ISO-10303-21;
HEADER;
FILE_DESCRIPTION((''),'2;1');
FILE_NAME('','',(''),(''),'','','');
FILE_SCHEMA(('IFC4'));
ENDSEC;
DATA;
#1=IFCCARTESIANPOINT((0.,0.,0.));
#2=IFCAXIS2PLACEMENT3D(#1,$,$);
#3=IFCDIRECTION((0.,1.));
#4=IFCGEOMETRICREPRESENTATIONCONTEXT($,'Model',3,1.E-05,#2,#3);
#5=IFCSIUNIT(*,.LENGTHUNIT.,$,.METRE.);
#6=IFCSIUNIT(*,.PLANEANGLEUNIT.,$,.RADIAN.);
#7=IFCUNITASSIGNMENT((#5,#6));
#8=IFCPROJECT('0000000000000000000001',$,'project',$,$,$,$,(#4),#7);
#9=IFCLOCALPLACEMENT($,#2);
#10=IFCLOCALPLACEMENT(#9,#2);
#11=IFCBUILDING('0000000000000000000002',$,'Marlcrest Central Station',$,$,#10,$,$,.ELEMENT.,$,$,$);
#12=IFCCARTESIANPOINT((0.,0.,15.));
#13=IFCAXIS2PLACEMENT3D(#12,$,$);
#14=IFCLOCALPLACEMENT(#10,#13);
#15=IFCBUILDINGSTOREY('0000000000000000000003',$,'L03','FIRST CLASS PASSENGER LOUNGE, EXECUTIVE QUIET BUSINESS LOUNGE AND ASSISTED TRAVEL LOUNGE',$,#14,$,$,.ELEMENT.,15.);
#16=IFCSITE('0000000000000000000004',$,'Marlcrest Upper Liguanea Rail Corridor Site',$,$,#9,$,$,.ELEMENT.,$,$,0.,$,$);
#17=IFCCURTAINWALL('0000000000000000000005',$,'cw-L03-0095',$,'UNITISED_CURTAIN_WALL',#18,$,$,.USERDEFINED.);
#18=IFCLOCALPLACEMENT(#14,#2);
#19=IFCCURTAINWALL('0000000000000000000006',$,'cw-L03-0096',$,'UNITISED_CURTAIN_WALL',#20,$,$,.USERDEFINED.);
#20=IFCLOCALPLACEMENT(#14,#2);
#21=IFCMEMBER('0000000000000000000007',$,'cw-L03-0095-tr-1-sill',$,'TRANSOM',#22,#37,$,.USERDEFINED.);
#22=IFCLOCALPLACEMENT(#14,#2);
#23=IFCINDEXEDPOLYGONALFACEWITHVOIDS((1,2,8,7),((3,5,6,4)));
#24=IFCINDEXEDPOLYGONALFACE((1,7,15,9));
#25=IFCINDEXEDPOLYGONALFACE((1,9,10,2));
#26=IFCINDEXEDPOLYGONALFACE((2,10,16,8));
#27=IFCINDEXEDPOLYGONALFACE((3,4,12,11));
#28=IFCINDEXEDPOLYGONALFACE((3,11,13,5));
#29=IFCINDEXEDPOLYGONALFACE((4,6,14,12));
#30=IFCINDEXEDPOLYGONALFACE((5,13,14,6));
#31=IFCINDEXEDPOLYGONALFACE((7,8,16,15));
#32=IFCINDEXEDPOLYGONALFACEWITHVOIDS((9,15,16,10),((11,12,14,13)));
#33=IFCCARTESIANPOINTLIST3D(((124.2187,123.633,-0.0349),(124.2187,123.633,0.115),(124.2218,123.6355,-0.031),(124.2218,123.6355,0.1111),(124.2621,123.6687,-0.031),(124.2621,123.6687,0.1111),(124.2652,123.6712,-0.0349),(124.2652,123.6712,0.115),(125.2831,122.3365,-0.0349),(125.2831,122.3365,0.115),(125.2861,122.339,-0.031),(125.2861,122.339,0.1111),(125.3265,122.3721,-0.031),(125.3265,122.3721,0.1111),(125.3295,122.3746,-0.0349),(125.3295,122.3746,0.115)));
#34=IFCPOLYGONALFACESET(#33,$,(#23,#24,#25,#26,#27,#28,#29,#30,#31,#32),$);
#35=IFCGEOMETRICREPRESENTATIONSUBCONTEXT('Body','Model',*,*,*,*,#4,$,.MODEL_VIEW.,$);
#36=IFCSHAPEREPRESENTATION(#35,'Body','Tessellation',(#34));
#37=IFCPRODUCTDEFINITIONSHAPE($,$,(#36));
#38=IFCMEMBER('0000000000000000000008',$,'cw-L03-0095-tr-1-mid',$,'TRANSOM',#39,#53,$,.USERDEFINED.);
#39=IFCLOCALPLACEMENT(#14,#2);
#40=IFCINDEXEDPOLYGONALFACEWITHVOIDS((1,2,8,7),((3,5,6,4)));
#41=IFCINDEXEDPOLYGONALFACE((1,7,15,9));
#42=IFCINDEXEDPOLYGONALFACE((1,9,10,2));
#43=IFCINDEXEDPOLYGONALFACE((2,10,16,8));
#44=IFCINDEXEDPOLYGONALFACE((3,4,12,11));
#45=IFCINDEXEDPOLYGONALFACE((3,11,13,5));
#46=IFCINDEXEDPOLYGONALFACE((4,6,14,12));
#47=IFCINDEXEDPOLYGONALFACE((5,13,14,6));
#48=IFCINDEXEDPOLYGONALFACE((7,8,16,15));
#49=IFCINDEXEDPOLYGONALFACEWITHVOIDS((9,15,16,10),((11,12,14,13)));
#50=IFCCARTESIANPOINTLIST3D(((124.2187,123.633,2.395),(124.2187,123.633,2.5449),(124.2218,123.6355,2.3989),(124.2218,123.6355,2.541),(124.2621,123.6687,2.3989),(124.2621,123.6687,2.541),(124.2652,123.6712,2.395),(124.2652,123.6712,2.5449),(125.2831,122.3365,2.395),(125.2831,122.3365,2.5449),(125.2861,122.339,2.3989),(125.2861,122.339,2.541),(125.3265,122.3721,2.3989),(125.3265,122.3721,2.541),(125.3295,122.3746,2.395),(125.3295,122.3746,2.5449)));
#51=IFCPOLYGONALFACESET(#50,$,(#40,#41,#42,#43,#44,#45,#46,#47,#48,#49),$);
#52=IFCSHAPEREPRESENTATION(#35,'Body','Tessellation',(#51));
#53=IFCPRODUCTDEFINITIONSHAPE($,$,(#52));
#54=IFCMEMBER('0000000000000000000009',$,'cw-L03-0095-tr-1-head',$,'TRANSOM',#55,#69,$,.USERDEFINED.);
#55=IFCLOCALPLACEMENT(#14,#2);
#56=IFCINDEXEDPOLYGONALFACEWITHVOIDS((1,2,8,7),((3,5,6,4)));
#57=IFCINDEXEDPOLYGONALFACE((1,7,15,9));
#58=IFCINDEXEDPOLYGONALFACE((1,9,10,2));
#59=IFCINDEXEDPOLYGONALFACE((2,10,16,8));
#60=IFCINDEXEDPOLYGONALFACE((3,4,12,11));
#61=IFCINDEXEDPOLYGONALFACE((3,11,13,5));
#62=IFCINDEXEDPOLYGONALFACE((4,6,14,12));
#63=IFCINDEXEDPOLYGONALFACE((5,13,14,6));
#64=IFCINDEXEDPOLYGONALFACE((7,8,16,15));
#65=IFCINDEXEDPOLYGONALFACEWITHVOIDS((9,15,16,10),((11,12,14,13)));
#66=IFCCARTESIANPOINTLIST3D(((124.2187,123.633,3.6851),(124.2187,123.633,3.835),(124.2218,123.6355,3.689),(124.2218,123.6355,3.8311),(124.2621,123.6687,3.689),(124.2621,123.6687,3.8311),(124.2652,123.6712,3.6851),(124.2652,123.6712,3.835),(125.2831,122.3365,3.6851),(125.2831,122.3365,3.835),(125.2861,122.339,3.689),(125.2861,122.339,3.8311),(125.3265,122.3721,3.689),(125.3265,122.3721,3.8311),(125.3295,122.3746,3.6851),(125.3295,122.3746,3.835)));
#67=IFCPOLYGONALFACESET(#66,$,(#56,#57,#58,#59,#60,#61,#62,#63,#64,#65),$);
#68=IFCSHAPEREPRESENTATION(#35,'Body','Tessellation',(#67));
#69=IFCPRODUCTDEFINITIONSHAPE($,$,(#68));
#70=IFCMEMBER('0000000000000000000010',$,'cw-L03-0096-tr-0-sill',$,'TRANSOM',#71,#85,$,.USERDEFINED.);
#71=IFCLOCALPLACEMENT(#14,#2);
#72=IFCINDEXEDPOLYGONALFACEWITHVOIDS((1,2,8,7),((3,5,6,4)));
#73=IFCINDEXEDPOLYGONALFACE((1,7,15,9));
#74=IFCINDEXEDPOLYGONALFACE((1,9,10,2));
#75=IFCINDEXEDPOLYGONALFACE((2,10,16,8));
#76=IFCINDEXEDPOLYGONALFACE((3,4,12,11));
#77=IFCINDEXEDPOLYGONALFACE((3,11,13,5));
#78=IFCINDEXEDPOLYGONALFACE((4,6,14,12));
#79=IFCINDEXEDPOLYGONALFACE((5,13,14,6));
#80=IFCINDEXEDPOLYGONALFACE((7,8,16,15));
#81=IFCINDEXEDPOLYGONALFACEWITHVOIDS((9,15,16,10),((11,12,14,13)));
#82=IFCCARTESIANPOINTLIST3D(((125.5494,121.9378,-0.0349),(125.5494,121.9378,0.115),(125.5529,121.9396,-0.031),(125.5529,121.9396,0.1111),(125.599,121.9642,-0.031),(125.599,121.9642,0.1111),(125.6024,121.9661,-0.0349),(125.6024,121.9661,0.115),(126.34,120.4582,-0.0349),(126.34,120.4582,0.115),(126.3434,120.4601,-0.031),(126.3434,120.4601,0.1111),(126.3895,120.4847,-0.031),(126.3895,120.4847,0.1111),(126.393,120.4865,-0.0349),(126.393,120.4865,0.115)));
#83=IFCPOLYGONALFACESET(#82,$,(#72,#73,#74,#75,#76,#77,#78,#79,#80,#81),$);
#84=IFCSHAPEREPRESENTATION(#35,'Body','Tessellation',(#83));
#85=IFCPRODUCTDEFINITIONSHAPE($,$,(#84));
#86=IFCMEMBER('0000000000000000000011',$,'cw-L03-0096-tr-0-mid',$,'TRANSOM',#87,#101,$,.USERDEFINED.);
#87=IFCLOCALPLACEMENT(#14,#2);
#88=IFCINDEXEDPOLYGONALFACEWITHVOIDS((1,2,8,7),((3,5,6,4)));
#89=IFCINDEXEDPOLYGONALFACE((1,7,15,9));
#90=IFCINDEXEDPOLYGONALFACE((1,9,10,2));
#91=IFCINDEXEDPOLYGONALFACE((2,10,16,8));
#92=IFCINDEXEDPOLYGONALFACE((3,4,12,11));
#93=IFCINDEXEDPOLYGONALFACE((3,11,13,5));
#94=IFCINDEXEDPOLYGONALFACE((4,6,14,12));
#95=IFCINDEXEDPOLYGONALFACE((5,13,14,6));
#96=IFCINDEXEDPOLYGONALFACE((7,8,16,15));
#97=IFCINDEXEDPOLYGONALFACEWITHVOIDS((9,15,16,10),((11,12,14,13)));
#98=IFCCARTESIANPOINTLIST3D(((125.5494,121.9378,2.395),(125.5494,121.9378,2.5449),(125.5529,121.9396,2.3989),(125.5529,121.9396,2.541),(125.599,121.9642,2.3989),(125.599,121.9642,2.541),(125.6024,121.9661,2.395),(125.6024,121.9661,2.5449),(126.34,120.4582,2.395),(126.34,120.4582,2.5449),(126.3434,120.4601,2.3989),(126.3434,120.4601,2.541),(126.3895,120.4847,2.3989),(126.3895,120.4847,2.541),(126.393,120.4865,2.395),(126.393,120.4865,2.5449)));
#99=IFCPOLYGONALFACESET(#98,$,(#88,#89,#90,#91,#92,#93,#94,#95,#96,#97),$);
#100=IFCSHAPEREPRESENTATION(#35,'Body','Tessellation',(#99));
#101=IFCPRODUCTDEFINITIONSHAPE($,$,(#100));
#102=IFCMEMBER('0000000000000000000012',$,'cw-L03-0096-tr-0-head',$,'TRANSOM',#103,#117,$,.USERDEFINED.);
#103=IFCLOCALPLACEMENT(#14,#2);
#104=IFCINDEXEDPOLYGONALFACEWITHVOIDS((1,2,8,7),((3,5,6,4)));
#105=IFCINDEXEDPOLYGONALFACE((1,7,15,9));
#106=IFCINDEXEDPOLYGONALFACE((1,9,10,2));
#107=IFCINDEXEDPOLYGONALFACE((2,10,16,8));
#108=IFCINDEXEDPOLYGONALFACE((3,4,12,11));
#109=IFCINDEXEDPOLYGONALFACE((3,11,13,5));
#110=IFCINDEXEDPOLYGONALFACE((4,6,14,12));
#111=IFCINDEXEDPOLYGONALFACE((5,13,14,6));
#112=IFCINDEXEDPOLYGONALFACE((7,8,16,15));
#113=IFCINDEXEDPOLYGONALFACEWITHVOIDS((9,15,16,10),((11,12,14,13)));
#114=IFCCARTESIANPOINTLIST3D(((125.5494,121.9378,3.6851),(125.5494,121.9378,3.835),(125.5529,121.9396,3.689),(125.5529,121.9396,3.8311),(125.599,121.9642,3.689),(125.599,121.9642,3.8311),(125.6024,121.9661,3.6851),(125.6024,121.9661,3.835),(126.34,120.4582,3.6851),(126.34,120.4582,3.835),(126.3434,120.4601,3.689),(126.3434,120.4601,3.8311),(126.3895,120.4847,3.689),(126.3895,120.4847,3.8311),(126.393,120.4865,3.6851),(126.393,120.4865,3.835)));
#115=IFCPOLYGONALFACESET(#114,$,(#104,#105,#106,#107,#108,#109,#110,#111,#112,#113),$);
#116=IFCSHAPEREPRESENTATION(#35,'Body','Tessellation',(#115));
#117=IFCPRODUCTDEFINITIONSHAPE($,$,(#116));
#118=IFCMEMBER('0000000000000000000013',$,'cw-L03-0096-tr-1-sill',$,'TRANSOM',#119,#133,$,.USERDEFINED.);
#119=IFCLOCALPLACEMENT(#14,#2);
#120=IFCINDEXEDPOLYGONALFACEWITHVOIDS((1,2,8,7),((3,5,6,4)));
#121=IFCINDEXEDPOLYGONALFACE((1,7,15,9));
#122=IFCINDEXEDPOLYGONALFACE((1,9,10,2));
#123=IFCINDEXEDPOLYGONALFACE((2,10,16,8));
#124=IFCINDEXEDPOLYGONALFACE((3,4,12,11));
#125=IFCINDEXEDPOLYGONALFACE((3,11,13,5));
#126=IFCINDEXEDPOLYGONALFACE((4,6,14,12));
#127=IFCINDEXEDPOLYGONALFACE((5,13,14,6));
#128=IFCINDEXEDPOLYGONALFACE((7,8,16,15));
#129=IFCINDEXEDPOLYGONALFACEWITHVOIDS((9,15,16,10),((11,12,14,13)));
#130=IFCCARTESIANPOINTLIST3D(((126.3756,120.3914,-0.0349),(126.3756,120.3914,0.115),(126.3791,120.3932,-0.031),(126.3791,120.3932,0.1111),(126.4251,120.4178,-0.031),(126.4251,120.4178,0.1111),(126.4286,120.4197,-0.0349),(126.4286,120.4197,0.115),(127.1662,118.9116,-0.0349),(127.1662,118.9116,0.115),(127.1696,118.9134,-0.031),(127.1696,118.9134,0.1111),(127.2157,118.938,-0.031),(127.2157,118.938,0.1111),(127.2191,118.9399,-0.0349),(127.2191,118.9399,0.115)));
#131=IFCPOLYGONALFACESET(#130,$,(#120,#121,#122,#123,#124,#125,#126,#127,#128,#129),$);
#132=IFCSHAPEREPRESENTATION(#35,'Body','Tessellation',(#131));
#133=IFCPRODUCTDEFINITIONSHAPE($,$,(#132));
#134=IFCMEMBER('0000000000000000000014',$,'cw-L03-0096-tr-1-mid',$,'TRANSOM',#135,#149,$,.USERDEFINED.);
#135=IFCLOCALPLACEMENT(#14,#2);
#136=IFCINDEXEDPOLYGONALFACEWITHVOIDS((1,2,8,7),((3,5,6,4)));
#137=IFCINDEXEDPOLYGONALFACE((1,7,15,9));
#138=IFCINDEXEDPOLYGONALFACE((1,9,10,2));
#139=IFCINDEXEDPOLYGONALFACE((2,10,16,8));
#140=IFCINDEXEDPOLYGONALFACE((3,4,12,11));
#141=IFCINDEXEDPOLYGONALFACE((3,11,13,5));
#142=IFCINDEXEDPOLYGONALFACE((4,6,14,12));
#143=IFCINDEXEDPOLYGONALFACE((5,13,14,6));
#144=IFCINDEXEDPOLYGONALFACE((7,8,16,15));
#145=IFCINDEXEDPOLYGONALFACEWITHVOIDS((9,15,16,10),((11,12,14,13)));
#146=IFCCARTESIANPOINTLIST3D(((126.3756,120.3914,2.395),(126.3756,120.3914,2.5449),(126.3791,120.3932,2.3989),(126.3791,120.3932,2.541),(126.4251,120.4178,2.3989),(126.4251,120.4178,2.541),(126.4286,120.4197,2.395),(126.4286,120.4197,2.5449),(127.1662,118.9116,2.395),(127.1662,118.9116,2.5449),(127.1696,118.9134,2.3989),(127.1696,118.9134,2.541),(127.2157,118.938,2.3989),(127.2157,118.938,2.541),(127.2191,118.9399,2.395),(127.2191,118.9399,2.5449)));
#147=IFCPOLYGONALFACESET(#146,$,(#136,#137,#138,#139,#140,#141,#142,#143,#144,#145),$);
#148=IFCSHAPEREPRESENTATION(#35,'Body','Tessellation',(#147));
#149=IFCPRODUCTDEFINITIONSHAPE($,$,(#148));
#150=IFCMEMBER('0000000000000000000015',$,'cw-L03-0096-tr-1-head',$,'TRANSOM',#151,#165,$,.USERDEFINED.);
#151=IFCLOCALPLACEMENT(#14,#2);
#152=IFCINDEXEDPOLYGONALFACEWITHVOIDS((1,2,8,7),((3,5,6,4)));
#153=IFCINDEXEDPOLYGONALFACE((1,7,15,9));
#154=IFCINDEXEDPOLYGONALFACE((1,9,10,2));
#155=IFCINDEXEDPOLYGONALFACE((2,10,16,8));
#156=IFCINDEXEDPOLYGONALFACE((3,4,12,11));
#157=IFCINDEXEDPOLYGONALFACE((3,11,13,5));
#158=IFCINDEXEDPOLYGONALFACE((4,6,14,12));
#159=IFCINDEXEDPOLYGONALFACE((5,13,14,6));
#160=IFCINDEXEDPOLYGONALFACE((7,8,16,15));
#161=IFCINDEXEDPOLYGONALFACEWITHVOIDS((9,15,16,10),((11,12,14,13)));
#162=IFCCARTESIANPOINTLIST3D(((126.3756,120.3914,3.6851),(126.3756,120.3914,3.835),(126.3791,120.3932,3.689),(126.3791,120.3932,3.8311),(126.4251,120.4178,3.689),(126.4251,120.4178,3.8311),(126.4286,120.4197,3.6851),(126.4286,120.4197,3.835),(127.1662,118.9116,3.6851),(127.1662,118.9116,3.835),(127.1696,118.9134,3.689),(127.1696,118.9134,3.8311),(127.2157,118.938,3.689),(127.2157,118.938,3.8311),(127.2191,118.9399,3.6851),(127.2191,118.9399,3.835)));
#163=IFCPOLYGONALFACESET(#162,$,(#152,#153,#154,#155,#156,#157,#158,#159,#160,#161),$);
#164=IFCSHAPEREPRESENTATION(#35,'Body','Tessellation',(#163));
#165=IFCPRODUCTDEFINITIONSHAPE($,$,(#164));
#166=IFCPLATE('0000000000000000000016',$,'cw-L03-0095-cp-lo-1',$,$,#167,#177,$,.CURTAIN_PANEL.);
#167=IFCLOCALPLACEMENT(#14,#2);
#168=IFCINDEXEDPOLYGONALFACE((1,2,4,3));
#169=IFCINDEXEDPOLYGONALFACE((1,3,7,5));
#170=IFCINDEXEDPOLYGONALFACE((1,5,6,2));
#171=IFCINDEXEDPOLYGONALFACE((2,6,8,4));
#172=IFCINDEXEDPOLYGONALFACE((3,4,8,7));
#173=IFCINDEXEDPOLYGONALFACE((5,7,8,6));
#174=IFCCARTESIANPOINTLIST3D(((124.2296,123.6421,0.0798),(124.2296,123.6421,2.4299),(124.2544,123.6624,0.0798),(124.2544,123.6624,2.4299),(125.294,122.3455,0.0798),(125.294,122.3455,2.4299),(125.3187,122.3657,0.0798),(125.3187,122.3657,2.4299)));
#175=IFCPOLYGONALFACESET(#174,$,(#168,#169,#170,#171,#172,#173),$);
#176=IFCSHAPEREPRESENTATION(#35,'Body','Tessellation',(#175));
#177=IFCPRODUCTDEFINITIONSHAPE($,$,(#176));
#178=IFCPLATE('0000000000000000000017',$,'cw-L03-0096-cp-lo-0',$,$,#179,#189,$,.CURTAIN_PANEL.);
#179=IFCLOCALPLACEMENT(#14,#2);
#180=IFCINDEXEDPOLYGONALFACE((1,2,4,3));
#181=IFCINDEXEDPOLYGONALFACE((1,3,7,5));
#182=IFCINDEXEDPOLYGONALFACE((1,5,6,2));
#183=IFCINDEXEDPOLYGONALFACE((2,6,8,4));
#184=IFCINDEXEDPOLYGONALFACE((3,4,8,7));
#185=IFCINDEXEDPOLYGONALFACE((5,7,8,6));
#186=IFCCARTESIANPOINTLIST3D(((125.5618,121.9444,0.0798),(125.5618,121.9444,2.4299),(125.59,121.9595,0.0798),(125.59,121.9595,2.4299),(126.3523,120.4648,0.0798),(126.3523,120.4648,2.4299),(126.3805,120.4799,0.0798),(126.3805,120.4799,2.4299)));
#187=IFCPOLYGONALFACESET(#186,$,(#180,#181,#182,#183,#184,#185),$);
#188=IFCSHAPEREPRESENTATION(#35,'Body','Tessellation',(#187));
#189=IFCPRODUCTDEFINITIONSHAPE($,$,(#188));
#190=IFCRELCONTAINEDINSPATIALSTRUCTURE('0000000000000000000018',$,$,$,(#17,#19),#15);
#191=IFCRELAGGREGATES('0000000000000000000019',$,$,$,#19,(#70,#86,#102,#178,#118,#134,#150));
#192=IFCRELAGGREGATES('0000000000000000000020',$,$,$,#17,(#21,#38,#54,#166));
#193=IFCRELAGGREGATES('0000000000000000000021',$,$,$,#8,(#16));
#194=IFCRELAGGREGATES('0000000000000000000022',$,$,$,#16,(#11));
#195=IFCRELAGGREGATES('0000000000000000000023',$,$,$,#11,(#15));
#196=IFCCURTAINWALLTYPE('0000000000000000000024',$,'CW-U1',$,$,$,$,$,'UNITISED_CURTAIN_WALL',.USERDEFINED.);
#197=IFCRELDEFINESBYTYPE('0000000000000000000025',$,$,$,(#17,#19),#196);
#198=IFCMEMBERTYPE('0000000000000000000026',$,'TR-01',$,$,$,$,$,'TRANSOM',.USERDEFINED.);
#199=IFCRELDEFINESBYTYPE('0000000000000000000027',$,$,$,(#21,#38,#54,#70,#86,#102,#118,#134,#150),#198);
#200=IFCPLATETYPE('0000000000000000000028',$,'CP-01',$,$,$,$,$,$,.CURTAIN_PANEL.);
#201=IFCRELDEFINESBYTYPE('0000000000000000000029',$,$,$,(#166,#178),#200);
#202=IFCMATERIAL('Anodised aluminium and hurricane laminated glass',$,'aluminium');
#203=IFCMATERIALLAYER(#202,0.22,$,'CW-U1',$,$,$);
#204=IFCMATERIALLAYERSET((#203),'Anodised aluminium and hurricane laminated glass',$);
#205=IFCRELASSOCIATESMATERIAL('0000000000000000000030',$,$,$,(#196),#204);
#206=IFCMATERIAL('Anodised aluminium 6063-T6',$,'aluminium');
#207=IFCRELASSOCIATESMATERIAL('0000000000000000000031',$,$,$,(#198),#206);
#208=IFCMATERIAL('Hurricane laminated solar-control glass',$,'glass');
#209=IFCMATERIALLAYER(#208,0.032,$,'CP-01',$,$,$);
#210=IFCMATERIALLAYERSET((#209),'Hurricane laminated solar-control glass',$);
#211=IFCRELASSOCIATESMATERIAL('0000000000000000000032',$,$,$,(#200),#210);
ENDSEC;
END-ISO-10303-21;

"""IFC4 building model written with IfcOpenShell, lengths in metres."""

from ifc_helpers import new_model, si_unit, direction, frame, origin, origin_2d, place, context, subcontext, project, spatial, rectangle, hollow_rectangle, extrude, material, layer, layer_set, material_profile, profile_set, type_object, element, aggregate, save


model = new_model("IFC4")

# Units and contexts
model_context = context("Model", 3, precision=1e-05, world=origin(), true_north=direction((0.0, 1.0)))
body_context = subcontext(model_context, "Body", "Model", "MODEL_VIEW")
ifc_project = project(units=[si_unit("LENGTHUNIT", "METRE"), si_unit("PLANEANGLEUNIT", "RADIAN")], contexts=[model_context])

# Site, building, storey
site_placement = place(None, origin())
site = spatial("IfcSite", under=ifc_project, at=site_placement, Name="Marlcrest Upper Liguanea Rail Corridor Site", CompositionType="ELEMENT", RefElevation=0.0)
building_placement = place(site_placement, origin())
building = spatial("IfcBuilding", under=site, at=building_placement, Name="Marlcrest Central Station", CompositionType="ELEMENT")
storey_placement = place(building_placement, frame((0.0, 0.0, 15.0)))
storey = spatial("IfcBuildingStorey", under=building, at=storey_placement, Name="L03", Description="FIRST CLASS PASSENGER LOUNGE, EXECUTIVE QUIET BUSINESS LOUNGE AND ASSISTED TRAVEL LOUNGE", CompositionType="ELEMENT", Elevation=15.0)

# Curtain wall
ifc_material_1 = material(Name="Anodised aluminium and hurricane laminated glass", Category="aluminium")
ifc_layer_1 = layer(ifc_material_1, 0.22, Name="CW-U1")
ifc_layer_set_1 = layer_set([ifc_layer_1], Name="Anodised aluminium and hurricane laminated glass")
curtain_wall_type = type_object("IfcCurtainWallType", Name="CW-U1", ElementType="UNITISED_CURTAIN_WALL", PredefinedType="USERDEFINED", material=ifc_layer_set_1)
curtain_wall_1_placement = place(storey_placement, origin())
curtain_wall_1 = element("IfcCurtainWall", 1, at=curtain_wall_1_placement, inside=storey, type_object=curtain_wall_type, Name="cw-L03-0095", ObjectType="UNITISED_CURTAIN_WALL", PredefinedType="USERDEFINED")
ifc_material_2 = material(Name="Anodised aluminium 6063-T6", Category="aluminium")

# Curtain wall
curtain_wall_2_placement = place(storey_placement, origin())
curtain_wall_2 = element("IfcCurtainWall", 2, at=curtain_wall_2_placement, inside=storey, type_object=curtain_wall_type, Name="cw-L03-0096", ObjectType="UNITISED_CURTAIN_WALL", PredefinedType="USERDEFINED")

# Members
ifc_material_profile_1 = material_profile(ifc_material_2, hollow_rectangle(XDim=0.0601, YDim=0.1499, WallThickness=0.0039, at=origin_2d()), Name="AA-RHS 150x60x4")
ifc_profile_set_1 = profile_set([ifc_material_profile_1], Name="Anodised aluminium 6063-T6")
member_type_1 = type_object("IfcMemberType", Name="TR-01", ElementType="TRANSOM", PredefinedType="USERDEFINED", material=ifc_profile_set_1)
member_1_placement = place(storey_placement, frame((124.2419, 123.6521, 0.04), z_axis=(0.634513, -0.772912, 0.0), x_axis=(0.772912, 0.634513, 0.0)))
member_1 = element("IfcMember", 3, at=member_1_placement, type_object=member_type_1, Name="cw-L03-0095-tr-1-sill", ObjectType="TRANSOM", PredefinedType="USERDEFINED", context=body_context, shape_type="SweptSolid", body=[
    extrude(hollow_rectangle(XDim=0.0601, YDim=0.1499, WallThickness=0.0039, at=origin_2d()), origin(), (0.0, 0.0, 1.0), 1.6775),
])
member_2_placement = place(storey_placement, frame((124.2419, 123.6521, 2.47), z_axis=(0.634513, -0.772912, 0.0), x_axis=(0.772912, 0.634513, 0.0)))
member_2 = element("IfcMember", 4, at=member_2_placement, type_object=member_type_1, Name="cw-L03-0095-tr-1-mid", ObjectType="TRANSOM", PredefinedType="USERDEFINED", context=body_context, shape_type="SweptSolid", body=[
    extrude(hollow_rectangle(XDim=0.0601, YDim=0.1499, WallThickness=0.0039, at=origin_2d()), origin(), (0.0, 0.0, 1.0), 1.6775),
])
member_3_placement = place(storey_placement, frame((124.2419, 123.6521, 3.76), z_axis=(0.634513, -0.772912, 0.0), x_axis=(0.772912, 0.634513, 0.0)))
member_3 = element("IfcMember", 5, at=member_3_placement, type_object=member_type_1, Name="cw-L03-0095-tr-1-head", ObjectType="TRANSOM", PredefinedType="USERDEFINED", context=body_context, shape_type="SweptSolid", body=[
    extrude(hollow_rectangle(XDim=0.0601, YDim=0.1499, WallThickness=0.0039, at=origin_2d()), origin(), (0.0, 0.0, 1.0), 1.6775),
])
member_4_placement = place(storey_placement, frame((125.5759, 121.9519, 0.04), z_axis=(0.471268, -0.88199, 0.0), x_axis=(0.88199, 0.471268, 0.0)))
member_4 = element("IfcMember", 6, at=member_4_placement, type_object=member_type_1, Name="cw-L03-0096-tr-0-sill", ObjectType="TRANSOM", PredefinedType="USERDEFINED", context=body_context, shape_type="SweptSolid", body=[
    extrude(hollow_rectangle(XDim=0.0601, YDim=0.1499, WallThickness=0.0039, at=origin_2d()), origin(), (0.0, 0.0, 1.0), 1.6775),
])
member_5_placement = place(storey_placement, frame((125.5759, 121.9519, 2.47), z_axis=(0.471268, -0.88199, 0.0), x_axis=(0.88199, 0.471268, 0.0)))
member_5 = element("IfcMember", 7, at=member_5_placement, type_object=member_type_1, Name="cw-L03-0096-tr-0-mid", ObjectType="TRANSOM", PredefinedType="USERDEFINED", context=body_context, shape_type="SweptSolid", body=[
    extrude(hollow_rectangle(XDim=0.0601, YDim=0.1499, WallThickness=0.0039, at=origin_2d()), origin(), (0.0, 0.0, 1.0), 1.6775),
])
member_6_placement = place(storey_placement, frame((125.5759, 121.9519, 3.76), z_axis=(0.471268, -0.88199, 0.0), x_axis=(0.88199, 0.471268, 0.0)))
member_6 = element("IfcMember", 8, at=member_6_placement, type_object=member_type_1, Name="cw-L03-0096-tr-0-head", ObjectType="TRANSOM", PredefinedType="USERDEFINED", context=body_context, shape_type="SweptSolid", body=[
    extrude(hollow_rectangle(XDim=0.0601, YDim=0.1499, WallThickness=0.0039, at=origin_2d()), origin(), (0.0, 0.0, 1.0), 1.6775),
])
member_7_placement = place(storey_placement, frame((126.4021, 120.4055, 0.04), z_axis=(0.471207, -0.882022, 0.0), x_axis=(0.882022, 0.471207, 0.0)))
member_7 = element("IfcMember", 9, at=member_7_placement, type_object=member_type_1, Name="cw-L03-0096-tr-1-sill", ObjectType="TRANSOM", PredefinedType="USERDEFINED", context=body_context, shape_type="SweptSolid", body=[
    extrude(hollow_rectangle(XDim=0.0601, YDim=0.1499, WallThickness=0.0039, at=origin_2d()), origin(), (0.0, 0.0, 1.0), 1.6777),
])
member_8_placement = place(storey_placement, frame((126.4021, 120.4055, 2.47), z_axis=(0.471207, -0.882022, 0.0), x_axis=(0.882022, 0.471207, 0.0)))
member_8 = element("IfcMember", 10, at=member_8_placement, type_object=member_type_1, Name="cw-L03-0096-tr-1-mid", ObjectType="TRANSOM", PredefinedType="USERDEFINED", context=body_context, shape_type="SweptSolid", body=[
    extrude(hollow_rectangle(XDim=0.0601, YDim=0.1499, WallThickness=0.0039, at=origin_2d()), origin(), (0.0, 0.0, 1.0), 1.6777),
])
member_9_placement = place(storey_placement, frame((126.4021, 120.4055, 3.76), z_axis=(0.471207, -0.882022, 0.0), x_axis=(0.882022, 0.471207, 0.0)))
member_9 = element("IfcMember", 11, at=member_9_placement, type_object=member_type_1, Name="cw-L03-0096-tr-1-head", ObjectType="TRANSOM", PredefinedType="USERDEFINED", context=body_context, shape_type="SweptSolid", body=[
    extrude(hollow_rectangle(XDim=0.0601, YDim=0.1499, WallThickness=0.0039, at=origin_2d()), origin(), (0.0, 0.0, 1.0), 1.6777),
])

# Plates
ifc_material_3 = material(Name="Hurricane laminated solar-control glass", Category="glass")
ifc_layer_2 = layer(ifc_material_3, 0.032, Name="CP-01")
ifc_layer_set_2 = layer_set([ifc_layer_2], Name="Hurricane laminated solar-control glass")
plate_type_1 = type_object("IfcPlateType", Name="CP-01", PredefinedType="CURTAIN_PANEL", material=ifc_layer_set_2)
plate_1_placement = place(storey_placement, frame((124.7742, 123.0039, 0.0798), z_axis=(0.0, 0.0, 1.0), x_axis=(0.634474, -0.772944, 0.0)))
plate_1 = element("IfcPlate", 12, at=plate_1_placement, type_object=plate_type_1, Name="cw-L03-0095-cp-lo-1", PredefinedType="CURTAIN_PANEL", context=body_context, shape_type="SweptSolid", body=[
    extrude(rectangle(XDim=1.6775, YDim=0.032, at=origin_2d()), origin(), (0.0, 0.0, 1.0), 2.3501),
])
plate_2_placement = place(storey_placement, frame((125.9712, 121.2122, 0.0798), z_axis=(0.0, 0.0, 1.0), x_axis=(0.471243, -0.882004, 0.0)))
plate_2 = element("IfcPlate", 13, at=plate_2_placement, type_object=plate_type_1, Name="cw-L03-0096-cp-lo-0", PredefinedType="CURTAIN_PANEL", context=body_context, shape_type="SweptSolid", body=[
    extrude(rectangle(XDim=1.6775, YDim=0.032, at=origin_2d()), origin(), (0.0, 0.0, 1.0), 2.3501),
])
aggregate(curtain_wall_2, [member_4, member_5, member_6, plate_2, member_7, member_8, member_9])
aggregate(curtain_wall_1, [member_1, member_2, member_3, plate_1])

save(model, "model.ifc")
